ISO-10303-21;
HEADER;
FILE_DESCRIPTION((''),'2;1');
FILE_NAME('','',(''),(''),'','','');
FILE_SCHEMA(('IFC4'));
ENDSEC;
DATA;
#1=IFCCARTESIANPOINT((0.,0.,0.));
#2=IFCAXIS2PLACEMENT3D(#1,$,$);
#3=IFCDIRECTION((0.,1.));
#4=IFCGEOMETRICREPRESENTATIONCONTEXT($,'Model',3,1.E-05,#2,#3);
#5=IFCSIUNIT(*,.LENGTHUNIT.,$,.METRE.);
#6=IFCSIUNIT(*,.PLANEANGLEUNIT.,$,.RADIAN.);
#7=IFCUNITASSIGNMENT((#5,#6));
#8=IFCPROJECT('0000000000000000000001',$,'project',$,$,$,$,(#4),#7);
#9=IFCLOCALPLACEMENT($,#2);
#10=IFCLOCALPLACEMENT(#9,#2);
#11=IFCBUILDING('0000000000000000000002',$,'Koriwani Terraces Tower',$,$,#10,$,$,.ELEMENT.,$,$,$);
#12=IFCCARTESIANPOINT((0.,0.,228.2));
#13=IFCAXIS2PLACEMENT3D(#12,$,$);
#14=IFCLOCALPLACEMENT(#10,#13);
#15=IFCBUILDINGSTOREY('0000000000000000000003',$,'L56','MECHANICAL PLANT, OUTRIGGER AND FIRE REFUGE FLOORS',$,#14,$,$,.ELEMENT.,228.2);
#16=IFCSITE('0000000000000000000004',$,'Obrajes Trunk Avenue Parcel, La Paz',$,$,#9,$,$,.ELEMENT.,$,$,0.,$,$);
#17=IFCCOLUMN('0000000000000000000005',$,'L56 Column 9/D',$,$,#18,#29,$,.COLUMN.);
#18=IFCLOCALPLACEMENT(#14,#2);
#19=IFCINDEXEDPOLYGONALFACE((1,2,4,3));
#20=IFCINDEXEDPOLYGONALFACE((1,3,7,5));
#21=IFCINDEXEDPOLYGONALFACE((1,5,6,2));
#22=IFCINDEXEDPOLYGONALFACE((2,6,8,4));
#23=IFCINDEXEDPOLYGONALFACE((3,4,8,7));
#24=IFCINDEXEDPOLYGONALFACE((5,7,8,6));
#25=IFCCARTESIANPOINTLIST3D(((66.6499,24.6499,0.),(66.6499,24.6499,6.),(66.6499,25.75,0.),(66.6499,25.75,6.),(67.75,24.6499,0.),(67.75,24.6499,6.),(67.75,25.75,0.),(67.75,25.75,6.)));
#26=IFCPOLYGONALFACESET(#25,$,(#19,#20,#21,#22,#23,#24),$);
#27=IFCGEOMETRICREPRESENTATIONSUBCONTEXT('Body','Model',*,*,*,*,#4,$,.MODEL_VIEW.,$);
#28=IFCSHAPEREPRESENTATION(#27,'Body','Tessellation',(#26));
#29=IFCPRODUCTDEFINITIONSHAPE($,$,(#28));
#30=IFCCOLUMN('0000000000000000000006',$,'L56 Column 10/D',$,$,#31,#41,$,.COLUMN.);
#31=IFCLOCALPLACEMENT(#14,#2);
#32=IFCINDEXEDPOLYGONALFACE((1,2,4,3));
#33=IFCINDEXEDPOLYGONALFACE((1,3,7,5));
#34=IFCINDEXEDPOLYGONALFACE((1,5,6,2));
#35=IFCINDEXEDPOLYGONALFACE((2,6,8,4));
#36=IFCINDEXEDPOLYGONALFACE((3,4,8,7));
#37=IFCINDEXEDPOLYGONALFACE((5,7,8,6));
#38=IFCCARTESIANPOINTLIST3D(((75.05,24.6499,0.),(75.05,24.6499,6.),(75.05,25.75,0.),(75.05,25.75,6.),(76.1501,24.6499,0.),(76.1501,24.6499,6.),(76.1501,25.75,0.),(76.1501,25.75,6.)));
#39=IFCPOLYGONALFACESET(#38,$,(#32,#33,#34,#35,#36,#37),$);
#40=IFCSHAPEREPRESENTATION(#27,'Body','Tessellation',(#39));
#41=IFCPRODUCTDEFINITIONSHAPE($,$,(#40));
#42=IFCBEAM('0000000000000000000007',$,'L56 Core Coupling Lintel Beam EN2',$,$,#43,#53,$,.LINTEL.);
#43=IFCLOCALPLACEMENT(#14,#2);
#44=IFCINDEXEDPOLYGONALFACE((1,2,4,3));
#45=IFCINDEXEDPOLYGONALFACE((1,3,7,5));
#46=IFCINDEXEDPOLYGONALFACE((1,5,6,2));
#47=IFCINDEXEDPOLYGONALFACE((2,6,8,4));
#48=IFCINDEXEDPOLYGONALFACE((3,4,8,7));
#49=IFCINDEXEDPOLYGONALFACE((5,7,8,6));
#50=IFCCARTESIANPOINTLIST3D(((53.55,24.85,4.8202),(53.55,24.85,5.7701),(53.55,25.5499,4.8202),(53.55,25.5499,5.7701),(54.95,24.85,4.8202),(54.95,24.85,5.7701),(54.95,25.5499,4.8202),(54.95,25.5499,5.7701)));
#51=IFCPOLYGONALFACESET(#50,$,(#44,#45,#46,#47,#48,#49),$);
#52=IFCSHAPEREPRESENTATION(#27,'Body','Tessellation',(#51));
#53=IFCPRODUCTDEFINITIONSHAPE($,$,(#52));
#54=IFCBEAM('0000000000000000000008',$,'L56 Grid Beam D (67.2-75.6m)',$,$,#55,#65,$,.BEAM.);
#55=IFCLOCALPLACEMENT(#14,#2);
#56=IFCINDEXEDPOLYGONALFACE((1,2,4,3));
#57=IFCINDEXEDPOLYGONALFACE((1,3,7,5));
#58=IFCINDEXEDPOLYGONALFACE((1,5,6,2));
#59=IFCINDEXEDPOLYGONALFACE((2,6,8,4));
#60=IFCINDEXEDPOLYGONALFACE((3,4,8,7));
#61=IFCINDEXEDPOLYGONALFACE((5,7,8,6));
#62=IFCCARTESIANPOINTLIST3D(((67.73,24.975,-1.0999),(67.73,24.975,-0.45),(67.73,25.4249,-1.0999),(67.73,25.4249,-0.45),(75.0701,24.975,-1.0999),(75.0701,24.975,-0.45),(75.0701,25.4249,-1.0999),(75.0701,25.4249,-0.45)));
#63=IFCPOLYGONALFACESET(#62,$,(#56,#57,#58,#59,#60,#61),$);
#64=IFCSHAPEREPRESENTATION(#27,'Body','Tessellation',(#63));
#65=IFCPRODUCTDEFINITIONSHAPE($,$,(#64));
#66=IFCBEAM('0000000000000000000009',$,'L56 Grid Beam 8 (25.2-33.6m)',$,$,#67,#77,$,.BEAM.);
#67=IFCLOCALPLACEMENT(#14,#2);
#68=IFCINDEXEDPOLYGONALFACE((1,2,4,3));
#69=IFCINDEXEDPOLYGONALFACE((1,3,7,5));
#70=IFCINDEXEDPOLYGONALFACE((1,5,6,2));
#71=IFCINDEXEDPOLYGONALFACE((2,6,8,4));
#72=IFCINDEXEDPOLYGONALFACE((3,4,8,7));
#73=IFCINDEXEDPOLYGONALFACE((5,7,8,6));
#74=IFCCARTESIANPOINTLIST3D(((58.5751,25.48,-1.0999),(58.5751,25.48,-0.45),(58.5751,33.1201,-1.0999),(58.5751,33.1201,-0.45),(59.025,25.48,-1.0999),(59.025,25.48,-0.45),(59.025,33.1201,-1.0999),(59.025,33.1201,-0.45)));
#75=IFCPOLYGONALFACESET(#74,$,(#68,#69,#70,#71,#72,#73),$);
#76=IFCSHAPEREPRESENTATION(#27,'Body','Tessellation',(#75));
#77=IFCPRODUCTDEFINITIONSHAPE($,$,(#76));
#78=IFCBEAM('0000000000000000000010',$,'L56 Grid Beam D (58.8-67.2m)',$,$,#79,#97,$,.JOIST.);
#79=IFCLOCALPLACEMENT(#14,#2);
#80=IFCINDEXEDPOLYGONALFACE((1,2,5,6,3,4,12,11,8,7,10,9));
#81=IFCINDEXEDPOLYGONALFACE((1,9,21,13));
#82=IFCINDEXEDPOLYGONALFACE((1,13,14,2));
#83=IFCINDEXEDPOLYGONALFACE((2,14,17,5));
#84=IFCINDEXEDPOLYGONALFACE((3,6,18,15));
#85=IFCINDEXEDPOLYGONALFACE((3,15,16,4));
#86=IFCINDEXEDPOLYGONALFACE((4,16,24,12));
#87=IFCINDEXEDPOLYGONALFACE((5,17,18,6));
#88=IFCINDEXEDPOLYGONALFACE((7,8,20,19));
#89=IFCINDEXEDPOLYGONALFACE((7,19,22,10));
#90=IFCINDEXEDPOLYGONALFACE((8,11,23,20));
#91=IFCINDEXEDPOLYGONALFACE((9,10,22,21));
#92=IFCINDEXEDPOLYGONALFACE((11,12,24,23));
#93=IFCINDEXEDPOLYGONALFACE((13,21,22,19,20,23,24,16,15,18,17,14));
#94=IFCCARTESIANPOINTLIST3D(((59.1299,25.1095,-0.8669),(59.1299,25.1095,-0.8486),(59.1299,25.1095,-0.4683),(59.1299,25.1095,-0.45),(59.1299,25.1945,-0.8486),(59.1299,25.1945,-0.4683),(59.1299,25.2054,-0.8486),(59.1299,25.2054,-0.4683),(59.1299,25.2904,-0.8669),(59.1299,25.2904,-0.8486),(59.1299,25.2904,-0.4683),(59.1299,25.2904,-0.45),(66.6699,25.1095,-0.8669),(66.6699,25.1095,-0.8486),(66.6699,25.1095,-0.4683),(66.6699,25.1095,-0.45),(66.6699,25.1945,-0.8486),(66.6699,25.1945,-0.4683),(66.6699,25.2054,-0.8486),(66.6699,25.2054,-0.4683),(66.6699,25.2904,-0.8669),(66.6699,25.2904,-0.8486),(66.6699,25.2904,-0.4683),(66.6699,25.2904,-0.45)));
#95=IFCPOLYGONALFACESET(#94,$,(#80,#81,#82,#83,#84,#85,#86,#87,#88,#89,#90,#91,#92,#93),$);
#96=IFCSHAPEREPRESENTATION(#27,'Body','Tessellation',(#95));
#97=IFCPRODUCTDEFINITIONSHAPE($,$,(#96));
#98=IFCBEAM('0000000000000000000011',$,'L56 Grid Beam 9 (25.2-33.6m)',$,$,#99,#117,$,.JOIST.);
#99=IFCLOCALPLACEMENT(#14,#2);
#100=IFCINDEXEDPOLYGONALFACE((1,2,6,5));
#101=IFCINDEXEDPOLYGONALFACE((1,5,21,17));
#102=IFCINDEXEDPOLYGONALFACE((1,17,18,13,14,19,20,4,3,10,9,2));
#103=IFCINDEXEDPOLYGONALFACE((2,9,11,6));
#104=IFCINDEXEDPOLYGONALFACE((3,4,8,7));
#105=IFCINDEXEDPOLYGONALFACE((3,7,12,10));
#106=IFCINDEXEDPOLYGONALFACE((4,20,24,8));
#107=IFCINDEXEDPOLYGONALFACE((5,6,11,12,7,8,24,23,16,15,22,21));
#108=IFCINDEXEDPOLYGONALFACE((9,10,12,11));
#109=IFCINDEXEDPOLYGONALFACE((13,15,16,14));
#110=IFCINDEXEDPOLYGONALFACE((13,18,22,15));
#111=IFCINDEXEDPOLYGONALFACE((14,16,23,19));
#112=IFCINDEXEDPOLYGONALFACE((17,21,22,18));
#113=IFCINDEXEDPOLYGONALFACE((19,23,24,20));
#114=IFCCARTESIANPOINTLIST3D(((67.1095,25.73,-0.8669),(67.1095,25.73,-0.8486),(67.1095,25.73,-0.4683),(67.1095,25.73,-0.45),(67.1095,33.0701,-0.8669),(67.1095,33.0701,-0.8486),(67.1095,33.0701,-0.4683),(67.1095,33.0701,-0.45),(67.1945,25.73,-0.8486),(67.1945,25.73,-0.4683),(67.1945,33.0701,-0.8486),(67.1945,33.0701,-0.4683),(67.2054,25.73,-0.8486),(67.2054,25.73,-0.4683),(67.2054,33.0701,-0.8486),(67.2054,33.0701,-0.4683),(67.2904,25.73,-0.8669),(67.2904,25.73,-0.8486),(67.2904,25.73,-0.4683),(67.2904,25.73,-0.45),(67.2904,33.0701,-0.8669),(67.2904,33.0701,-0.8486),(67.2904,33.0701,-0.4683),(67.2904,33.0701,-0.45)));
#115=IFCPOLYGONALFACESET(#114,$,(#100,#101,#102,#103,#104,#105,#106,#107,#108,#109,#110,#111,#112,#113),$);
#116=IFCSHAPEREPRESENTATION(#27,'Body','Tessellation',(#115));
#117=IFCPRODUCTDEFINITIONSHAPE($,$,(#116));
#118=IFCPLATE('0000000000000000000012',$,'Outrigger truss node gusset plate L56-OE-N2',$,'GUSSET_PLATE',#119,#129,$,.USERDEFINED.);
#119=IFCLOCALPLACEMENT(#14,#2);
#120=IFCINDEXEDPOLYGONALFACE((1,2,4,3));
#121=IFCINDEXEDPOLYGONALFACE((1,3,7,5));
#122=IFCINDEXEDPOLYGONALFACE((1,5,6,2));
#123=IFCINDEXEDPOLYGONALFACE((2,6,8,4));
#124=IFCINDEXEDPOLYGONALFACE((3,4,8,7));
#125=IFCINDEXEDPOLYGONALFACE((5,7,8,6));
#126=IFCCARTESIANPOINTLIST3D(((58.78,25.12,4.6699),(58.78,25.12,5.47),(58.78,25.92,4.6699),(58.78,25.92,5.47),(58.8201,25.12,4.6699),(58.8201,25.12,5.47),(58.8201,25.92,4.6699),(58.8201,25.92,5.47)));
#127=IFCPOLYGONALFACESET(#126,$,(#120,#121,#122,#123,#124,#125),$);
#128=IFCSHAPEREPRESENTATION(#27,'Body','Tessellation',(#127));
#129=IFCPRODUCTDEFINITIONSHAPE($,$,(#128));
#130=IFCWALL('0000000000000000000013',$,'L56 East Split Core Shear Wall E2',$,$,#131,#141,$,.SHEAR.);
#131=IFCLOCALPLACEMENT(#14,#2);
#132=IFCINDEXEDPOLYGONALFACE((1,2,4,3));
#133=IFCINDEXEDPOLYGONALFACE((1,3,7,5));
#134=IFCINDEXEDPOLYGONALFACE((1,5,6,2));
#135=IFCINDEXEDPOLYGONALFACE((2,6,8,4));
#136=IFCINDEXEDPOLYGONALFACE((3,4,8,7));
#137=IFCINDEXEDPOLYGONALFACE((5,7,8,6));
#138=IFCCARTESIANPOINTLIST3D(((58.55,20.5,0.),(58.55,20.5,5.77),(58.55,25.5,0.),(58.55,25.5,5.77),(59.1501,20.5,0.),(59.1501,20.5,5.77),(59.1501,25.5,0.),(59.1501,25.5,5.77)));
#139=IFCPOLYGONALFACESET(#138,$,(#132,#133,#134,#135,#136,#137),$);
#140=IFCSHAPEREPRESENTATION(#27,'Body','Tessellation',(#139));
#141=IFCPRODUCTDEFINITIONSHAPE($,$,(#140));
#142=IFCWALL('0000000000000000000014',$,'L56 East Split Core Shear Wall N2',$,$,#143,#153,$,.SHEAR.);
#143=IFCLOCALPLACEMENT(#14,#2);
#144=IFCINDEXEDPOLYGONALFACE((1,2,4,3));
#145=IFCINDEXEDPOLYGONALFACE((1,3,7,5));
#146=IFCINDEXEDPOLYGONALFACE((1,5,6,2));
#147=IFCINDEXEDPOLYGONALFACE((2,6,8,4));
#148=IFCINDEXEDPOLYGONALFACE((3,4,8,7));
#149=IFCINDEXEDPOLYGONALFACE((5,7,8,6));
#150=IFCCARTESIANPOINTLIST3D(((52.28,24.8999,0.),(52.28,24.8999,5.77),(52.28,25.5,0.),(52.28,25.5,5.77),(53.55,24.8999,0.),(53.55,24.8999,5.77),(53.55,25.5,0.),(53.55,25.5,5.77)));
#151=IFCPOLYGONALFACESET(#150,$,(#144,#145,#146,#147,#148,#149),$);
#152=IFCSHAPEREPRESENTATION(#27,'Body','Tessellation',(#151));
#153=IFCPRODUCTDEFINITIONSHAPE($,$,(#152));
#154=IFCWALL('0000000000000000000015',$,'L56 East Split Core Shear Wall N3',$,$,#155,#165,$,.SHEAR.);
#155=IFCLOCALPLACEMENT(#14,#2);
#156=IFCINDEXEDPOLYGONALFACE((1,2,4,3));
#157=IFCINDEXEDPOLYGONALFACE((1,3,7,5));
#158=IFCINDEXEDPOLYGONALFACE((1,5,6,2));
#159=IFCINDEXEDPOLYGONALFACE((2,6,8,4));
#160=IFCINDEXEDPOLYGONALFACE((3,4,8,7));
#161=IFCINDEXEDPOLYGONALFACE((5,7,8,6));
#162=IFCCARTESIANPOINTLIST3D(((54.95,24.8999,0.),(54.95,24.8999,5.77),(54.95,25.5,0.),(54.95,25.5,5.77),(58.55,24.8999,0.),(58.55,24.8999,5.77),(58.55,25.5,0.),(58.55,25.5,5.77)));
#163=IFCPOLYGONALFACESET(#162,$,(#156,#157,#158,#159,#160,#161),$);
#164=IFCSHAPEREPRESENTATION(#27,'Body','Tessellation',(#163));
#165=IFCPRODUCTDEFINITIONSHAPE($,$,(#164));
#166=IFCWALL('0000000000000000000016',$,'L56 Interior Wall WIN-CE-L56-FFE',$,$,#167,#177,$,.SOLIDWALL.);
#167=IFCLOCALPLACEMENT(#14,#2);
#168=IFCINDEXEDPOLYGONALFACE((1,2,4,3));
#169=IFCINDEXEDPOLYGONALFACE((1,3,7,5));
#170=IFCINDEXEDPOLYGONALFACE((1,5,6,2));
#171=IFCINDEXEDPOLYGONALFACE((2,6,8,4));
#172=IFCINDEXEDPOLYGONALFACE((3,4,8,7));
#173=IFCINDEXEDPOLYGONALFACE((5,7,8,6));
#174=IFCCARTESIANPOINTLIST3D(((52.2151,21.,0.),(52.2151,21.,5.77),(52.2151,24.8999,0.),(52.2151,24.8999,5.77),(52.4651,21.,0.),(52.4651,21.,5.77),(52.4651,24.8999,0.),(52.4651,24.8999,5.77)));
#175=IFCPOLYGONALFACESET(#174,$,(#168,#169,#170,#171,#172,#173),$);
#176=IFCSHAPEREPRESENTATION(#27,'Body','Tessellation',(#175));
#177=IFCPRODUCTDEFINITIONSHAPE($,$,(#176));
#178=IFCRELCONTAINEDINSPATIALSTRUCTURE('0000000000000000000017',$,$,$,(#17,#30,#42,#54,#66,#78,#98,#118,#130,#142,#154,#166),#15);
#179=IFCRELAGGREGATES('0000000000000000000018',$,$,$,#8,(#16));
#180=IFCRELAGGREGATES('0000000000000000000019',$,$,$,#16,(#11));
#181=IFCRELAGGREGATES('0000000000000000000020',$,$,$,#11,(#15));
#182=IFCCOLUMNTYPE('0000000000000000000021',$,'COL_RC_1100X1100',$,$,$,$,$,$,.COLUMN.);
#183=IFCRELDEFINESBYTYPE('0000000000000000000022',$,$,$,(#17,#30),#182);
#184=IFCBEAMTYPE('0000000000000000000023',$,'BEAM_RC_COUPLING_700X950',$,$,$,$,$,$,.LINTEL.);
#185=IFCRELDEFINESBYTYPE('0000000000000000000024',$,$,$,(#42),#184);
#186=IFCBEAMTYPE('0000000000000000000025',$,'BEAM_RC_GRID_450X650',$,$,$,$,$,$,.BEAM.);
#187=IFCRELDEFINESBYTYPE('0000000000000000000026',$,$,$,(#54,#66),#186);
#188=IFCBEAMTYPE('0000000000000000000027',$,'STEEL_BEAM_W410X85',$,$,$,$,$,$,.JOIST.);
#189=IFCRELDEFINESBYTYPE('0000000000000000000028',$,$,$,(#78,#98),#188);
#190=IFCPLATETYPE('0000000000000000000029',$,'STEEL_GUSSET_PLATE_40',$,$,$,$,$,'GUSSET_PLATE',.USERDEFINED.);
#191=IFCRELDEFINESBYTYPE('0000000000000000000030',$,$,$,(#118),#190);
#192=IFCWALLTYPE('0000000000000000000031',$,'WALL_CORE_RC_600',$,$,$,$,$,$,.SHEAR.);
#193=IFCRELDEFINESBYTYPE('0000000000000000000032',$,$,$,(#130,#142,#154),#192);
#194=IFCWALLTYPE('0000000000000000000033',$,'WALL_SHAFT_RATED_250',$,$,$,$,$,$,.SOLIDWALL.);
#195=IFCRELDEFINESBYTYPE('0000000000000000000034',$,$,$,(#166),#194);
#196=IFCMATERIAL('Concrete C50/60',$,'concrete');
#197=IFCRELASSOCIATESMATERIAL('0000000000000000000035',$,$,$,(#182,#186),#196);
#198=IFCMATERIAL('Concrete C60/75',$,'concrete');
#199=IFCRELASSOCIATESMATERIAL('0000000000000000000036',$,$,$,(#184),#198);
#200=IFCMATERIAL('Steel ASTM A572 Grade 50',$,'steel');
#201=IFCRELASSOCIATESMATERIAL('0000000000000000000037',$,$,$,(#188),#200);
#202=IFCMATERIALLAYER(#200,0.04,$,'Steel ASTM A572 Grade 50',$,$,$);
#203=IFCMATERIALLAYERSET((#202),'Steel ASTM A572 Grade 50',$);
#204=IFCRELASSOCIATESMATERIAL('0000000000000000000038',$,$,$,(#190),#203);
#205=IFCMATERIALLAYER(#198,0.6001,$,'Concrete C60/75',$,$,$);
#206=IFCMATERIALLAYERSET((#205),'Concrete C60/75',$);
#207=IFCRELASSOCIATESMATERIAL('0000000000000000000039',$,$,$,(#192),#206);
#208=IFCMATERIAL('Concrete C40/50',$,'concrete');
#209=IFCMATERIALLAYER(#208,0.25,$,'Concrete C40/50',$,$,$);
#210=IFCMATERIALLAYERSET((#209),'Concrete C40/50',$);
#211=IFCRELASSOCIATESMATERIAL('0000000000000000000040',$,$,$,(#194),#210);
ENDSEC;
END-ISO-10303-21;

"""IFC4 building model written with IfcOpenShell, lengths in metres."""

from ifc_helpers import new_model, si_unit, direction, frame, frame_2d, origin, origin_2d, place, context, subcontext, project, spatial, rectangle, i_section, extrude, material, layer, layer_set, material_profile, profile_set, type_object, element, save


model = new_model("IFC4")

# Units and contexts
model_context = context("Model", 3, precision=1e-05, world=origin(), true_north=direction((0.0, 1.0)))
body_context = subcontext(model_context, "Body", "Model", "MODEL_VIEW")
ifc_project = project(units=[si_unit("LENGTHUNIT", "METRE"), si_unit("PLANEANGLEUNIT", "RADIAN")], contexts=[model_context])

# Site, building, storey
site_placement = place(None, origin())
site = spatial("IfcSite", under=ifc_project, at=site_placement, Name="Obrajes Trunk Avenue Parcel, La Paz", CompositionType="ELEMENT", RefElevation=0.0)
building_placement = place(site_placement, origin())
building = spatial("IfcBuilding", under=site, at=building_placement, Name="Koriwani Terraces Tower", CompositionType="ELEMENT")
storey_placement = place(building_placement, frame((0.0, 0.0, 228.2)))
storey = spatial("IfcBuildingStorey", under=building, at=storey_placement, Name="L56", Description="MECHANICAL PLANT, OUTRIGGER AND FIRE REFUGE FLOORS", CompositionType="ELEMENT", Elevation=228.2)

# Columns
ifc_material_1 = material(Name="Concrete C50/60", Category="concrete")
ifc_material_profile_1 = material_profile(ifc_material_1, rectangle(XDim=1.1001, YDim=1.1001, at=origin_2d()), Name="Concrete C50/60", Category="LoadBearing")
ifc_profile_set_1 = profile_set([ifc_material_profile_1], Name="Concrete C50/60")
column_type = type_object("IfcColumnType", Name="COL_RC_1100X1100", PredefinedType="COLUMN", material=ifc_profile_set_1)
for number, where, z_axis, x_axis, name in (
    (1, (67.2, 25.2, 0.0), (0.0, 0.0, 1.0), (1.0, 0.0, 0.0), "L56 Column 9/D"),
    (2, (75.6001, 25.2, 0.0), (0.0, 0.0, 1.0), (1.0, 0.0, 0.0), "L56 Column 10/D"),
):
    element("IfcColumn", number, at=place(storey_placement, frame(where, z_axis=z_axis, x_axis=x_axis)), inside=storey, type_object=column_type, Name=name, PredefinedType="COLUMN", context=body_context, shape_type="SweptSolid", body=[
        extrude(rectangle(XDim=1.1001, YDim=1.1001, at=origin_2d()), origin(), (0.0, 0.0, 1.0), 6.0),
    ])

# Beams
ifc_material_2 = material(Name="Concrete C60/75", Category="concrete")
ifc_material_profile_2 = material_profile(ifc_material_2, rectangle(XDim=0.7, YDim=0.95, at=origin_2d()), Name="Concrete C60/75", Category="LoadBearing")
ifc_profile_set_2 = profile_set([ifc_material_profile_2], Name="Concrete C60/75")
beam_type_1 = type_object("IfcBeamType", Name="BEAM_RC_COUPLING_700X950", PredefinedType="LINTEL", material=ifc_profile_set_2)
beam_1_placement = place(storey_placement, frame((53.55, 25.2, 5.2952), z_axis=(1.0, 0.0, 0.0), x_axis=(0.0, 1.0, 0.0)))
element("IfcBeam", 3, at=beam_1_placement, inside=storey, type_object=beam_type_1, Name="L56 Core Coupling Lintel Beam EN2", PredefinedType="LINTEL", context=body_context, shape_type="SweptSolid", body=[
    extrude(rectangle(XDim=0.7, YDim=0.95, at=origin_2d()), origin(), (0.0, 0.0, 1.0), 1.3999),
])
ifc_material_profile_3 = material_profile(ifc_material_1, rectangle(XDim=0.45, YDim=0.6499, at=origin_2d()), Name="Concrete C50/60", Category="LoadBearing")
ifc_profile_set_3 = profile_set([ifc_material_profile_3], Name="Concrete C50/60")
beam_type_2 = type_object("IfcBeamType", Name="BEAM_RC_GRID_450X650", PredefinedType="BEAM", material=ifc_profile_set_3)
beam_2_placement = place(storey_placement, frame((67.73, 25.2, -0.7749), z_axis=(1.0, 0.0, 0.0), x_axis=(0.0, 1.0, 0.0)))
element("IfcBeam", 4, at=beam_2_placement, inside=storey, type_object=beam_type_2, Name="L56 Grid Beam D (67.2-75.6m)", PredefinedType="BEAM", context=body_context, shape_type="SweptSolid", body=[
    extrude(rectangle(XDim=0.45, YDim=0.6499, at=origin_2d()), origin(), (0.0, 0.0, 1.0), 7.3401),
])
beam_3_placement = place(storey_placement, frame((58.8, 25.48, -0.7749), z_axis=(0.0, 1.0, 0.0), x_axis=(-1.0, 0.0, 0.0)))
element("IfcBeam", 5, at=beam_3_placement, inside=storey, type_object=beam_type_2, Name="L56 Grid Beam 8 (25.2-33.6m)", PredefinedType="BEAM", context=body_context, shape_type="SweptSolid", body=[
    extrude(rectangle(XDim=0.45, YDim=0.6499, at=origin_2d()), origin(), (0.0, 0.0, 1.0), 7.6401),
])
ifc_material_3 = material(Name="Steel ASTM A572 Grade 50", Category="steel")
ifc_material_profile_4 = material_profile(ifc_material_3, i_section(OverallWidth=0.1809, OverallDepth=0.417, WebThickness=0.011, FlangeThickness=0.0183, at=origin_2d()), Name="Steel ASTM A572 Grade 50", Category="LoadBearing")
ifc_profile_set_4 = profile_set([ifc_material_profile_4], Name="Steel ASTM A572 Grade 50")
beam_type_3 = type_object("IfcBeamType", Name="STEEL_BEAM_W410X85", PredefinedType="JOIST", material=ifc_profile_set_4)
beam_4_placement = place(storey_placement, frame((59.1299, 25.2, -0.6584), z_axis=(1.0, 0.0, 0.0), x_axis=(0.0, 1.0, 0.0)))
element("IfcBeam", 6, at=beam_4_placement, inside=storey, type_object=beam_type_3, Name="L56 Grid Beam D (58.8-67.2m)", PredefinedType="JOIST", context=body_context, shape_type="SweptSolid", body=[
    extrude(i_section(OverallWidth=0.1809, OverallDepth=0.417, WebThickness=0.011, FlangeThickness=0.0183, at=origin_2d()), origin(), (0.0, 0.0, 1.0), 7.54),
])
beam_5_placement = place(storey_placement, frame((67.2, 25.73, -0.6584), z_axis=(0.0, 1.0, 0.0), x_axis=(-1.0, 0.0, 0.0)))
element("IfcBeam", 7, at=beam_5_placement, inside=storey, type_object=beam_type_3, Name="L56 Grid Beam 9 (25.2-33.6m)", PredefinedType="JOIST", context=body_context, shape_type="SweptSolid", body=[
    extrude(i_section(OverallWidth=0.1809, OverallDepth=0.417, WebThickness=0.011, FlangeThickness=0.0183, at=origin_2d()), origin(), (0.0, 0.0, 1.0), 7.3401),
])

# Plate
ifc_layer_1 = layer(ifc_material_3, 0.04, Name="Steel ASTM A572 Grade 50")
ifc_layer_set_1 = layer_set([ifc_layer_1], Name="Steel ASTM A572 Grade 50")
plate_type = type_object("IfcPlateType", Name="STEEL_GUSSET_PLATE_40", ElementType="GUSSET_PLATE", PredefinedType="USERDEFINED", material=ifc_layer_set_1)
plate_placement = place(storey_placement, frame((58.8, 25.52, 4.6699), z_axis=(0.0, 0.0, 1.0), x_axis=(0.0, -1.0, 0.0)))
element("IfcPlate", 8, at=plate_placement, inside=storey, type_object=plate_type, Name="Outrigger truss node gusset plate L56-OE-N2", ObjectType="GUSSET_PLATE", PredefinedType="USERDEFINED", context=body_context, shape_type="SweptSolid", body=[
    extrude(rectangle(XDim=0.8, YDim=0.04, at=origin_2d()), origin(), (0.0, 0.0, 1.0), 0.8),
])

# Walls
ifc_layer_2 = layer(ifc_material_2, 0.6001, Name="Concrete C60/75")
ifc_layer_set_2 = layer_set([ifc_layer_2], Name="Concrete C60/75")
wall_type_1 = type_object("IfcWallType", Name="WALL_CORE_RC_600", PredefinedType="SHEAR", material=ifc_layer_set_2)
wall_1_placement = place(storey_placement, frame((58.8501, 20.5, 0.0), z_axis=(0.0, 0.0, 1.0), x_axis=(0.0, 1.0, 0.0)))
element("IfcWall", 9, at=wall_1_placement, inside=storey, type_object=wall_type_1, Name="L56 East Split Core Shear Wall E2", PredefinedType="SHEAR", context=body_context, shape_type="SweptSolid", body=[
    extrude(rectangle(XDim=5.0, YDim=0.6001, at=frame_2d((2.5, 0.0))), origin(), (0.0, 0.0, 1.0), 5.77),
])
wall_2_placement = place(storey_placement, frame((52.28, 25.2, 0.0), z_axis=(0.0, 0.0, 1.0), x_axis=(1.0, 0.0, 0.0)))
element("IfcWall", 10, at=wall_2_placement, inside=storey, type_object=wall_type_1, Name="L56 East Split Core Shear Wall N2", PredefinedType="SHEAR", context=body_context, shape_type="SweptSolid", body=[
    extrude(rectangle(XDim=1.27, YDim=0.6001, at=frame_2d((0.635, 0.0))), origin(), (0.0, 0.0, 1.0), 5.77),
])
wall_3_placement = place(storey_placement, frame((54.95, 25.2, 0.0), z_axis=(0.0, 0.0, 1.0), x_axis=(1.0, 0.0, 0.0)))
element("IfcWall", 11, at=wall_3_placement, inside=storey, type_object=wall_type_1, Name="L56 East Split Core Shear Wall N3", PredefinedType="SHEAR", context=body_context, shape_type="SweptSolid", body=[
    extrude(rectangle(XDim=3.6001, YDim=0.6001, at=frame_2d((1.8, 0.0))), origin(), (0.0, 0.0, 1.0), 5.77),
])

# Shared definitions
ifc_material_4 = material(Name="Concrete C40/50", Category="concrete")
ifc_layer_3 = layer(ifc_material_4, 0.25, Name="Concrete C40/50")
ifc_layer_set_3 = layer_set([ifc_layer_3], Name="Concrete C40/50")
wall_type_2 = type_object("IfcWallType", Name="WALL_SHAFT_RATED_250", PredefinedType="SOLIDWALL", material=ifc_layer_set_3)

# Wall
wall_4_placement = place(storey_placement, frame((52.3401, 21.0, 0.0), z_axis=(0.0, 0.0, 1.0), x_axis=(0.0, 1.0, 0.0)))
element("IfcWall", 12, at=wall_4_placement, inside=storey, type_object=wall_type_2, Name="L56 Interior Wall WIN-CE-L56-FFE", PredefinedType="SOLIDWALL", context=body_context, shape_type="SweptSolid", body=[
    extrude(rectangle(XDim=3.8999, YDim=0.25, at=frame_2d((1.95, 0.0))), origin(), (0.0, 0.0, 1.0), 5.77),
])

save(model, "model.ifc")
